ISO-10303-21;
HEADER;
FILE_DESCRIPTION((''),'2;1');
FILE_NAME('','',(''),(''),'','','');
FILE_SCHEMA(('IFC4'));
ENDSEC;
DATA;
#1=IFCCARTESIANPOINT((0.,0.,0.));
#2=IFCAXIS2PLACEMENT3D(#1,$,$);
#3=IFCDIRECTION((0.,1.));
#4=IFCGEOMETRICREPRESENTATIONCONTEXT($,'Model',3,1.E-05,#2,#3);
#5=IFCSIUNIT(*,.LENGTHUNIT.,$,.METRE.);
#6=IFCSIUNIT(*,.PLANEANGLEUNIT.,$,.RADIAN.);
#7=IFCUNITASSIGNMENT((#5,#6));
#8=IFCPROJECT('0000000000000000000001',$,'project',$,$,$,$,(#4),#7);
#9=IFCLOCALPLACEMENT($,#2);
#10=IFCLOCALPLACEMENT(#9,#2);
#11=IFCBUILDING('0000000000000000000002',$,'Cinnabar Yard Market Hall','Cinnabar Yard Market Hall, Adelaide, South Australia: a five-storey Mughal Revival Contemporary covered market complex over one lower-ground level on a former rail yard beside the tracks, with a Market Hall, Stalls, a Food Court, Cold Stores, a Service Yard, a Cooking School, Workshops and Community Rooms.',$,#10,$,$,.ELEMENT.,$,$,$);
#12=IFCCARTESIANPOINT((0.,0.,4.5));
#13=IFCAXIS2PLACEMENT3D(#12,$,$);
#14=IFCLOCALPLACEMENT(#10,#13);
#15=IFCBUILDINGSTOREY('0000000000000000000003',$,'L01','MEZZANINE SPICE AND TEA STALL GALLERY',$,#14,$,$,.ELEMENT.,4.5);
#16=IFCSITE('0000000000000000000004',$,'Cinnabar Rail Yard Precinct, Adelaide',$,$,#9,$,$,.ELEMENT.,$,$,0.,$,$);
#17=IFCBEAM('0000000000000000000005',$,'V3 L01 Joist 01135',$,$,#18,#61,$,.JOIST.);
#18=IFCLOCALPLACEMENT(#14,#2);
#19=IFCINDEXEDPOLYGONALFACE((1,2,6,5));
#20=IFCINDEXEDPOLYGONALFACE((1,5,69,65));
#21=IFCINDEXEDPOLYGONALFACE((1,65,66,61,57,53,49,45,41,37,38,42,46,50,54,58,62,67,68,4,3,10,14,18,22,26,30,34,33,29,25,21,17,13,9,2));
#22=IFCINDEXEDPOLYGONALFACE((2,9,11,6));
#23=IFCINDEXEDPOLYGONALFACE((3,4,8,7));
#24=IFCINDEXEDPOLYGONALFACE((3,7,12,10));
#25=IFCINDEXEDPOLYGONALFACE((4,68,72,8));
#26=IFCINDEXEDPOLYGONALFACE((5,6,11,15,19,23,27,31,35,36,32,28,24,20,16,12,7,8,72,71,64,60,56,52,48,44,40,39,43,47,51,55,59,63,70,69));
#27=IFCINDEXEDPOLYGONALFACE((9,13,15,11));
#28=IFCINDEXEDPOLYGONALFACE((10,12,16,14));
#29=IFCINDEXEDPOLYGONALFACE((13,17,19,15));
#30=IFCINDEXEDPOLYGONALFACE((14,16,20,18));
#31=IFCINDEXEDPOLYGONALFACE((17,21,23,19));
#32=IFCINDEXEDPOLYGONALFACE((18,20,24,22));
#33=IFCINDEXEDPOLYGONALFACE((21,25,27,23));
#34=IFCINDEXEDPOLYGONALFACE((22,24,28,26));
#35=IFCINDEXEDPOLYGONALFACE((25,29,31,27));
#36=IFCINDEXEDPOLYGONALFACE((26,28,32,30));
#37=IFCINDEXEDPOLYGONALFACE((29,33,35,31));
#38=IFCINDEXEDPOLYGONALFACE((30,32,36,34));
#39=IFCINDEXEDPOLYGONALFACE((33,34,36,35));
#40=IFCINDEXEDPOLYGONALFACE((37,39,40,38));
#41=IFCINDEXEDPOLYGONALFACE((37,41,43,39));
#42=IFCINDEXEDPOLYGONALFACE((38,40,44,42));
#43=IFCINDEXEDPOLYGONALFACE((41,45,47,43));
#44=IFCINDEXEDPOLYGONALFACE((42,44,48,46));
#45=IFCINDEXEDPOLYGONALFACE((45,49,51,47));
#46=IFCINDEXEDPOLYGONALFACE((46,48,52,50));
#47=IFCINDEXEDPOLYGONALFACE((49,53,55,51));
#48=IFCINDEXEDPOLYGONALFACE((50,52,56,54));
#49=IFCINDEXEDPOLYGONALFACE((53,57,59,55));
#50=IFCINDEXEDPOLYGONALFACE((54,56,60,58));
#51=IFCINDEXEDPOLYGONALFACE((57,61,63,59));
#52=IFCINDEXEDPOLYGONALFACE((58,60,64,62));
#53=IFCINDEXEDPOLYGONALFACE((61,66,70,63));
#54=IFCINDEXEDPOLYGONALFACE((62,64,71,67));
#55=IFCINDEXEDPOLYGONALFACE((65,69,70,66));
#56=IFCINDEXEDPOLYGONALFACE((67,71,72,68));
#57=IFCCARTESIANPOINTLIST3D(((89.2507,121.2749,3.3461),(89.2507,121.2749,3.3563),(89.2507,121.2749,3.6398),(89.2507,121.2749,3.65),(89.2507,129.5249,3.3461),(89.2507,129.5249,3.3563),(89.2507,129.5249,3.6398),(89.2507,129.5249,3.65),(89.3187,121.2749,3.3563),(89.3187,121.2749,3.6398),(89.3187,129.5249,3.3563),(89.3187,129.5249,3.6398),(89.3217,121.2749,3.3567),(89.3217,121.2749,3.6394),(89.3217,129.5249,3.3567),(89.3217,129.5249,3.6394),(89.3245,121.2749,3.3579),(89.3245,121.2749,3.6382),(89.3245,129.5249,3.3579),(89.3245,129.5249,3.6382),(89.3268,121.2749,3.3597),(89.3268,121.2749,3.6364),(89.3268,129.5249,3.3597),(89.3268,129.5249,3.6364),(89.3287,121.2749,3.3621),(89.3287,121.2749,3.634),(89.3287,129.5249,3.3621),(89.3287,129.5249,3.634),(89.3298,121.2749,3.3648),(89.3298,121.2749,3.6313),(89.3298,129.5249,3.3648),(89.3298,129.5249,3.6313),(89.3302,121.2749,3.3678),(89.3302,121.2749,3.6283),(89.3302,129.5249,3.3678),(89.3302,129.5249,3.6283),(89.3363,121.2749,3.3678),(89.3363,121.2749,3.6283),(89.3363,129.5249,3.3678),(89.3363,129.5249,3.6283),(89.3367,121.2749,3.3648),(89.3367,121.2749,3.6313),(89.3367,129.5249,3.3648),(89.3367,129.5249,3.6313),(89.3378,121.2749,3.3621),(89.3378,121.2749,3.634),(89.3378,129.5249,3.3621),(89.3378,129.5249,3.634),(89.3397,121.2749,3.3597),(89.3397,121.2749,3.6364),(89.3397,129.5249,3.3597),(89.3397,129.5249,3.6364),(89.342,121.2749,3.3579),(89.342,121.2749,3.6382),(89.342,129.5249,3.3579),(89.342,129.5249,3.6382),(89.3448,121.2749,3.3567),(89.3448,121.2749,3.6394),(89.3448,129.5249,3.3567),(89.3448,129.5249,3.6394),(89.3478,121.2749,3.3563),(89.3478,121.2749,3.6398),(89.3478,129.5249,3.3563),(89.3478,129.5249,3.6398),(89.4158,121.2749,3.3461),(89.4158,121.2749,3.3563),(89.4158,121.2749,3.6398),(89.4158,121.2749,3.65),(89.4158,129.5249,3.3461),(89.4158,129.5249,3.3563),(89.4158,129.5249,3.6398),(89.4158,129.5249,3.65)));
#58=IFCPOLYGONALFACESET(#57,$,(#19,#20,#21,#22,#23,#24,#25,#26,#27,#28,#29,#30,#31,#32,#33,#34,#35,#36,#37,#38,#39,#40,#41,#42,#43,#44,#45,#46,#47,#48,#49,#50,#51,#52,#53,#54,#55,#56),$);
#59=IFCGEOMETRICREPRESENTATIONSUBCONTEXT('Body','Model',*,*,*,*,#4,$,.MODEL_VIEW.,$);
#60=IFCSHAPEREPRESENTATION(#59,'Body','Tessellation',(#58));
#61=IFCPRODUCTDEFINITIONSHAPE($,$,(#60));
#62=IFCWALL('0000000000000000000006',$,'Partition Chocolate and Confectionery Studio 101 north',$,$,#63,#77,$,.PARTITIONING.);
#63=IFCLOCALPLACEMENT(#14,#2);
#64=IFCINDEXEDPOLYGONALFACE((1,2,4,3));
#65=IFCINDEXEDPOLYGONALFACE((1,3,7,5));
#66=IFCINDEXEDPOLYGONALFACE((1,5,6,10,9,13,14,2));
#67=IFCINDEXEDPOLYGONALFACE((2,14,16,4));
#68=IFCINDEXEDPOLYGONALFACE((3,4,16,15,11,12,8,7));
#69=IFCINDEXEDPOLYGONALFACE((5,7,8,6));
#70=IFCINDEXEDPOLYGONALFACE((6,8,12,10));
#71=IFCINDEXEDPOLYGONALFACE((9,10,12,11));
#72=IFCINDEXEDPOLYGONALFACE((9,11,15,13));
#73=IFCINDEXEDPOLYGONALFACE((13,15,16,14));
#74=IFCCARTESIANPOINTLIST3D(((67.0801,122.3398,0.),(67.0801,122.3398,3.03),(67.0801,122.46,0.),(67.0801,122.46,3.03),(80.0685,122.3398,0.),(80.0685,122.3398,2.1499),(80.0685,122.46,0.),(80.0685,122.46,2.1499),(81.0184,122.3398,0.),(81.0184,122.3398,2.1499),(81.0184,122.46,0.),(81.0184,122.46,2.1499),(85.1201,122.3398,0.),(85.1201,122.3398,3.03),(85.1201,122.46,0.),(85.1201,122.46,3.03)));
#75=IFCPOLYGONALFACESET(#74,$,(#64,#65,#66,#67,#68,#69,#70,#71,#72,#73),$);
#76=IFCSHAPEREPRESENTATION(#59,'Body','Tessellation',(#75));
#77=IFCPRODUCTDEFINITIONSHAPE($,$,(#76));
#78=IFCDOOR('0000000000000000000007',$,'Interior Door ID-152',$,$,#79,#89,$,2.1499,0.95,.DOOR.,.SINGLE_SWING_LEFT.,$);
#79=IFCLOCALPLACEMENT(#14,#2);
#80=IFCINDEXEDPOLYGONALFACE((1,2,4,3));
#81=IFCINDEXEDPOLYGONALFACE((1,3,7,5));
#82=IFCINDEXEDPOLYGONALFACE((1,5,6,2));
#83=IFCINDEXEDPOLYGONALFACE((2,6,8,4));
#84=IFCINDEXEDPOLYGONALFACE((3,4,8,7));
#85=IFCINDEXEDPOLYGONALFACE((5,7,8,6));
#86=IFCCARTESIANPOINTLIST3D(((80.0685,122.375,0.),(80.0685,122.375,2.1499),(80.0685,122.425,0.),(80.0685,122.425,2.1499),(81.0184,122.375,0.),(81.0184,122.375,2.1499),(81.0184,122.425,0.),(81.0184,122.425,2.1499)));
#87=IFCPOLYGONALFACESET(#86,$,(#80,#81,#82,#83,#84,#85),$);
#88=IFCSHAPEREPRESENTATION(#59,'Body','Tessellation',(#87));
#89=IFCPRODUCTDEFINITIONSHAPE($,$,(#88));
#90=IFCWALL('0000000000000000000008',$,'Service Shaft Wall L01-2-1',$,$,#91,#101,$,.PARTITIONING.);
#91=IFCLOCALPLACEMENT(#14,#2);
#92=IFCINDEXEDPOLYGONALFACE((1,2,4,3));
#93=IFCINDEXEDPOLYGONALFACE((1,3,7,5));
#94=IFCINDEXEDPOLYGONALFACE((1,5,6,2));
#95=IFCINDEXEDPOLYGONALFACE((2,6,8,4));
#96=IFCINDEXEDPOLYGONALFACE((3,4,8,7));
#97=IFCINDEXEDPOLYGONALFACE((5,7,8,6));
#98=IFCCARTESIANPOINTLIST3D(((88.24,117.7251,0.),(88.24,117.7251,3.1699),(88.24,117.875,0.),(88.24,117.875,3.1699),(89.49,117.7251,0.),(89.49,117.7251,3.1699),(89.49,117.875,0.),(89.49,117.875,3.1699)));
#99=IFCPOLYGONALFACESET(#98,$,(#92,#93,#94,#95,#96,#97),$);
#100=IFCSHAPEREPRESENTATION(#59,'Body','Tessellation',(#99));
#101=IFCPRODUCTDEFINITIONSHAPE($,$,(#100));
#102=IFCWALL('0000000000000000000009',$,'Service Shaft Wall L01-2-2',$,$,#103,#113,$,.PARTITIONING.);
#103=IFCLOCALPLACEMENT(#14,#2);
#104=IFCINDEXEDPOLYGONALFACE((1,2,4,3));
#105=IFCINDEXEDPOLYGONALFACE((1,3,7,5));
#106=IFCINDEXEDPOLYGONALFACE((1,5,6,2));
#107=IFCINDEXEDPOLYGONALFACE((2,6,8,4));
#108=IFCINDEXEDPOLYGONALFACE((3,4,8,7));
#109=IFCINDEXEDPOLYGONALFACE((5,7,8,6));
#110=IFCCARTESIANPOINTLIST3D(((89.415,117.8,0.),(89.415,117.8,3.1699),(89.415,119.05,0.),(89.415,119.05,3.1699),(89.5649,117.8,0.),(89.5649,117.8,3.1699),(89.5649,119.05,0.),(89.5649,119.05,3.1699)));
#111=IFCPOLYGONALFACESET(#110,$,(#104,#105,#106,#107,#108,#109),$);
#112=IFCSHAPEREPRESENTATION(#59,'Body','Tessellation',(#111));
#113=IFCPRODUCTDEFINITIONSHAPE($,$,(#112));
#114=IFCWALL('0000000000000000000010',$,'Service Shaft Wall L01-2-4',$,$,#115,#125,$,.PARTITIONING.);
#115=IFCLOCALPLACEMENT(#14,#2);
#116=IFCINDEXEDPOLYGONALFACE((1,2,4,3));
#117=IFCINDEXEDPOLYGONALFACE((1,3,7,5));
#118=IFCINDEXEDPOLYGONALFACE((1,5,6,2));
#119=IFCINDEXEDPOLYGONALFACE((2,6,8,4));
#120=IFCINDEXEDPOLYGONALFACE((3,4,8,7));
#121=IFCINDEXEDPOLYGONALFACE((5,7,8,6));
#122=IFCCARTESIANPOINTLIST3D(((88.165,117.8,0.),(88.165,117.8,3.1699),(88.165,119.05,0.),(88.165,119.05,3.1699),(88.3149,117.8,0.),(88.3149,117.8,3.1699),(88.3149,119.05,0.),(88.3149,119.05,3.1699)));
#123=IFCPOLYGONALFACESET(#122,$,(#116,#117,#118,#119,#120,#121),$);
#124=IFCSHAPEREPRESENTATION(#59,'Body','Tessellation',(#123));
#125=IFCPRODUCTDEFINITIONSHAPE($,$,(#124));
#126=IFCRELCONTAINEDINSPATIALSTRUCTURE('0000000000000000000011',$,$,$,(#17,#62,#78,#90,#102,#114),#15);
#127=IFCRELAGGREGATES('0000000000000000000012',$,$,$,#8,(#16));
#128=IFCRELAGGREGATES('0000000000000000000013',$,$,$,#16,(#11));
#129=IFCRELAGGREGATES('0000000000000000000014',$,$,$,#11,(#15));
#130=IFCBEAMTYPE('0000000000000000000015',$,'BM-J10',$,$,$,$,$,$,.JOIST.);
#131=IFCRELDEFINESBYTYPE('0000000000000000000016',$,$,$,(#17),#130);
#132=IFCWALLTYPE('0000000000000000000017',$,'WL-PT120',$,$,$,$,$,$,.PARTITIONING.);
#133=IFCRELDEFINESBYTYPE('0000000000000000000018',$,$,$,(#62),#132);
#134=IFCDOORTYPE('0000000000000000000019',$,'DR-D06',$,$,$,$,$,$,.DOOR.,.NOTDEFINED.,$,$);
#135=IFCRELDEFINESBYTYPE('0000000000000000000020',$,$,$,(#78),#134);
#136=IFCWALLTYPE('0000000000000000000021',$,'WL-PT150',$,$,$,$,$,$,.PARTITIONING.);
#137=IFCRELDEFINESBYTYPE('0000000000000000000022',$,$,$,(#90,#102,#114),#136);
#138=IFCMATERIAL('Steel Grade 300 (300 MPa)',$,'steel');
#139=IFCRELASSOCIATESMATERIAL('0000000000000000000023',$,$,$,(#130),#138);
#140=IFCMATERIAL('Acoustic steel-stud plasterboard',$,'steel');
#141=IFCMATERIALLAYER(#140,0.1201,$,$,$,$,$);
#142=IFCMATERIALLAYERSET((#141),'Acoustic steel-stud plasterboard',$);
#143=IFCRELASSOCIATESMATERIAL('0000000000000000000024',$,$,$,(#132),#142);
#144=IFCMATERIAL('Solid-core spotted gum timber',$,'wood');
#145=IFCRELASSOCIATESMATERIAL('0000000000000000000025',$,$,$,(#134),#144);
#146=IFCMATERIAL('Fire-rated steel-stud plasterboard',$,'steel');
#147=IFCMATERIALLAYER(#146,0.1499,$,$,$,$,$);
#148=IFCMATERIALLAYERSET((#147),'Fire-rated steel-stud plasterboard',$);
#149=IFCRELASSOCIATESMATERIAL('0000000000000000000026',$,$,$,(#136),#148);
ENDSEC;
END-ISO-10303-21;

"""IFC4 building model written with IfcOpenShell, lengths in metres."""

from ifc_helpers import new_model, si_unit, direction, frame, frame_2d, origin, origin_2d_with_axis, place, context, subcontext, project, spatial, rectangle, i_section, extrude, material, layer, layer_set, material_profile, profile_set, type_object, element, fill, save


model = new_model("IFC4")

# Units and contexts
model_context = context("Model", 3, precision=1e-05, world=origin(), true_north=direction((0.0, 1.0)))
body_context = subcontext(model_context, "Body", "Model", "MODEL_VIEW")
ifc_project = project(units=[si_unit("LENGTHUNIT", "METRE"), si_unit("PLANEANGLEUNIT", "RADIAN")], contexts=[model_context])

# Site, building, storey
site_placement = place(None, origin())
site = spatial("IfcSite", under=ifc_project, at=site_placement, Name="Cinnabar Rail Yard Precinct, Adelaide", CompositionType="ELEMENT", RefElevation=0.0)
building_placement = place(site_placement, origin())
building = spatial("IfcBuilding", under=site, at=building_placement, Name="Cinnabar Yard Market Hall", Description="Cinnabar Yard Market Hall, Adelaide, South Australia: a five-storey Mughal Revival Contemporary covered market complex over one lower-ground level on a former rail yard beside the tracks, with a Market Hall, Stalls, a Food Court, Cold Stores, a Service Yard, a Cooking School, Workshops and Community Rooms.", CompositionType="ELEMENT")
storey_placement = place(building_placement, frame((0.0, 0.0, 4.5)))
storey = spatial("IfcBuildingStorey", under=building, at=storey_placement, Name="L01", Description="MEZZANINE SPICE AND TEA STALL GALLERY", CompositionType="ELEMENT", Elevation=4.5)

# Shared definitions
ifc_material_1 = material(Name="Steel Grade 300 (300 MPa)", Category="steel")

# Beam
ifc_material_profile_1 = material_profile(ifc_material_1, i_section(OverallWidth=0.165, OverallDepth=0.304, WebThickness=0.0061, FlangeThickness=0.0103, FilletRadius=0.0115, at=origin_2d_with_axis()), Name="310UB40.4")
ifc_profile_set_1 = profile_set([ifc_material_profile_1], Name="Steel Grade 300 (300 MPa)")
beam_type_1 = type_object("IfcBeamType", Name="BM-J10", PredefinedType="JOIST", material=ifc_profile_set_1)
beam_1_placement = place(storey_placement, frame((89.3333, 121.2749, 3.498), z_axis=(0.0, 1.0, 0.0), x_axis=(-1.0, 0.0, 0.0)))
element("IfcBeam", 1, at=beam_1_placement, inside=storey, type_object=beam_type_1, Name="V3 L01 Joist 01135", PredefinedType="JOIST", context=body_context, shape_type="SweptSolid", body=[
    extrude(i_section(OverallWidth=0.165, OverallDepth=0.304, WebThickness=0.0061, FlangeThickness=0.0103, FilletRadius=0.0115, at=origin_2d_with_axis()), origin(), (0.0, 0.0, 1.0), 8.25),
])

# Wall, opening, door
ifc_material_2 = material(Name="Acoustic steel-stud plasterboard", Category="steel")
ifc_layer_1 = layer(ifc_material_2, 0.1201)
ifc_layer_set_1 = layer_set([ifc_layer_1], Name="Acoustic steel-stud plasterboard")
wall_type_1 = type_object("IfcWallType", Name="WL-PT120", PredefinedType="PARTITIONING", material=ifc_layer_set_1)
wall_placement = place(storey_placement, frame((85.1201, 122.3999, 0.0), z_axis=(0.0, 0.0, 1.0), x_axis=(-1.0, 0.0, 0.0)))
wall = element("IfcWall", 2, at=wall_placement, inside=storey, type_object=wall_type_1, Name="Partition Chocolate and Confectionery Studio 101 north", PredefinedType="PARTITIONING", context=body_context, shape_type="SweptSolid", body=[
    extrude(rectangle(XDim=18.04, YDim=0.1201, at=frame_2d((9.02, 0.0), x_axis=(1.0, 0.0))), origin(), (0.0, 0.0, 1.0), 3.03),
])
opening_placement = place(wall_placement, frame((4.1016, 0.0, 0.0)))
opening = element("IfcOpeningElement", 3, at=opening_placement, cuts=wall, PredefinedType="OPENING", context=body_context, shape_type="SweptSolid", body=[
    extrude(rectangle(XDim=0.95, YDim=2.1499, at=frame_2d((0.4751, 1.075), x_axis=(1.0, 0.0))), frame((0.0, 0.0701, 0.0), z_axis=(0.0, -1.0, 0.0), x_axis=(1.0, 0.0, 0.0)), (0.0, 0.0, 1.0), 0.1401),
])
ifc_material_3 = material(Name="Solid-core spotted gum timber", Category="wood")
door_type = type_object("IfcDoorType", Name="DR-D06", OperationType="NOTDEFINED", PredefinedType="DOOR", material=ifc_material_3)
door_placement = place(opening_placement, origin())
door = element("IfcDoor", 4, at=door_placement, inside=storey, type_object=door_type, Name="Interior Door ID-152", OperationType="SINGLE_SWING_LEFT", OverallHeight=2.1499, OverallWidth=0.95, PredefinedType="DOOR", context=body_context, shape_type="SweptSolid", body=[
    extrude(rectangle(XDim=0.95, YDim=2.1499, at=frame_2d((0.4751, 1.075), x_axis=(1.0, 0.0))), frame((0.0, 0.0249, 0.0), z_axis=(0.0, -1.0, 0.0), x_axis=(1.0, 0.0, 0.0)), (0.0, 0.0, 1.0), 0.05),
])
fill(opening, door)

# Walls
ifc_material_4 = material(Name="Fire-rated steel-stud plasterboard", Category="steel")
ifc_layer_2 = layer(ifc_material_4, 0.1499)
ifc_layer_set_2 = layer_set([ifc_layer_2], Name="Fire-rated steel-stud plasterboard")
wall_type_2 = type_object("IfcWallType", Name="WL-PT150", PredefinedType="PARTITIONING", material=ifc_layer_set_2)
for number, where, z_axis, x_axis, name in (
    (5, (88.24, 117.8, 0.0), (0.0, 0.0, 1.0), (1.0, 0.0, 0.0), "Service Shaft Wall L01-2-1"),
    (6, (89.49, 117.8, 0.0), (0.0, 0.0, 1.0), (0.0, 1.0, 0.0), "Service Shaft Wall L01-2-2"),
    (7, (88.24, 119.05, 0.0), (0.0, 0.0, 1.0), (0.0, -1.0, 0.0), "Service Shaft Wall L01-2-4"),
):
    element("IfcWall", number, at=place(storey_placement, frame(where, z_axis=z_axis, x_axis=x_axis)), inside=storey, type_object=wall_type_2, Name=name, PredefinedType="PARTITIONING", context=body_context, shape_type="SweptSolid", body=[
        extrude(rectangle(XDim=1.25, YDim=0.1499, at=frame_2d((0.625, 0.0), x_axis=(1.0, 0.0))), origin(), (0.0, 0.0, 1.0), 3.1699),
    ])

save(model, "model.ifc")
